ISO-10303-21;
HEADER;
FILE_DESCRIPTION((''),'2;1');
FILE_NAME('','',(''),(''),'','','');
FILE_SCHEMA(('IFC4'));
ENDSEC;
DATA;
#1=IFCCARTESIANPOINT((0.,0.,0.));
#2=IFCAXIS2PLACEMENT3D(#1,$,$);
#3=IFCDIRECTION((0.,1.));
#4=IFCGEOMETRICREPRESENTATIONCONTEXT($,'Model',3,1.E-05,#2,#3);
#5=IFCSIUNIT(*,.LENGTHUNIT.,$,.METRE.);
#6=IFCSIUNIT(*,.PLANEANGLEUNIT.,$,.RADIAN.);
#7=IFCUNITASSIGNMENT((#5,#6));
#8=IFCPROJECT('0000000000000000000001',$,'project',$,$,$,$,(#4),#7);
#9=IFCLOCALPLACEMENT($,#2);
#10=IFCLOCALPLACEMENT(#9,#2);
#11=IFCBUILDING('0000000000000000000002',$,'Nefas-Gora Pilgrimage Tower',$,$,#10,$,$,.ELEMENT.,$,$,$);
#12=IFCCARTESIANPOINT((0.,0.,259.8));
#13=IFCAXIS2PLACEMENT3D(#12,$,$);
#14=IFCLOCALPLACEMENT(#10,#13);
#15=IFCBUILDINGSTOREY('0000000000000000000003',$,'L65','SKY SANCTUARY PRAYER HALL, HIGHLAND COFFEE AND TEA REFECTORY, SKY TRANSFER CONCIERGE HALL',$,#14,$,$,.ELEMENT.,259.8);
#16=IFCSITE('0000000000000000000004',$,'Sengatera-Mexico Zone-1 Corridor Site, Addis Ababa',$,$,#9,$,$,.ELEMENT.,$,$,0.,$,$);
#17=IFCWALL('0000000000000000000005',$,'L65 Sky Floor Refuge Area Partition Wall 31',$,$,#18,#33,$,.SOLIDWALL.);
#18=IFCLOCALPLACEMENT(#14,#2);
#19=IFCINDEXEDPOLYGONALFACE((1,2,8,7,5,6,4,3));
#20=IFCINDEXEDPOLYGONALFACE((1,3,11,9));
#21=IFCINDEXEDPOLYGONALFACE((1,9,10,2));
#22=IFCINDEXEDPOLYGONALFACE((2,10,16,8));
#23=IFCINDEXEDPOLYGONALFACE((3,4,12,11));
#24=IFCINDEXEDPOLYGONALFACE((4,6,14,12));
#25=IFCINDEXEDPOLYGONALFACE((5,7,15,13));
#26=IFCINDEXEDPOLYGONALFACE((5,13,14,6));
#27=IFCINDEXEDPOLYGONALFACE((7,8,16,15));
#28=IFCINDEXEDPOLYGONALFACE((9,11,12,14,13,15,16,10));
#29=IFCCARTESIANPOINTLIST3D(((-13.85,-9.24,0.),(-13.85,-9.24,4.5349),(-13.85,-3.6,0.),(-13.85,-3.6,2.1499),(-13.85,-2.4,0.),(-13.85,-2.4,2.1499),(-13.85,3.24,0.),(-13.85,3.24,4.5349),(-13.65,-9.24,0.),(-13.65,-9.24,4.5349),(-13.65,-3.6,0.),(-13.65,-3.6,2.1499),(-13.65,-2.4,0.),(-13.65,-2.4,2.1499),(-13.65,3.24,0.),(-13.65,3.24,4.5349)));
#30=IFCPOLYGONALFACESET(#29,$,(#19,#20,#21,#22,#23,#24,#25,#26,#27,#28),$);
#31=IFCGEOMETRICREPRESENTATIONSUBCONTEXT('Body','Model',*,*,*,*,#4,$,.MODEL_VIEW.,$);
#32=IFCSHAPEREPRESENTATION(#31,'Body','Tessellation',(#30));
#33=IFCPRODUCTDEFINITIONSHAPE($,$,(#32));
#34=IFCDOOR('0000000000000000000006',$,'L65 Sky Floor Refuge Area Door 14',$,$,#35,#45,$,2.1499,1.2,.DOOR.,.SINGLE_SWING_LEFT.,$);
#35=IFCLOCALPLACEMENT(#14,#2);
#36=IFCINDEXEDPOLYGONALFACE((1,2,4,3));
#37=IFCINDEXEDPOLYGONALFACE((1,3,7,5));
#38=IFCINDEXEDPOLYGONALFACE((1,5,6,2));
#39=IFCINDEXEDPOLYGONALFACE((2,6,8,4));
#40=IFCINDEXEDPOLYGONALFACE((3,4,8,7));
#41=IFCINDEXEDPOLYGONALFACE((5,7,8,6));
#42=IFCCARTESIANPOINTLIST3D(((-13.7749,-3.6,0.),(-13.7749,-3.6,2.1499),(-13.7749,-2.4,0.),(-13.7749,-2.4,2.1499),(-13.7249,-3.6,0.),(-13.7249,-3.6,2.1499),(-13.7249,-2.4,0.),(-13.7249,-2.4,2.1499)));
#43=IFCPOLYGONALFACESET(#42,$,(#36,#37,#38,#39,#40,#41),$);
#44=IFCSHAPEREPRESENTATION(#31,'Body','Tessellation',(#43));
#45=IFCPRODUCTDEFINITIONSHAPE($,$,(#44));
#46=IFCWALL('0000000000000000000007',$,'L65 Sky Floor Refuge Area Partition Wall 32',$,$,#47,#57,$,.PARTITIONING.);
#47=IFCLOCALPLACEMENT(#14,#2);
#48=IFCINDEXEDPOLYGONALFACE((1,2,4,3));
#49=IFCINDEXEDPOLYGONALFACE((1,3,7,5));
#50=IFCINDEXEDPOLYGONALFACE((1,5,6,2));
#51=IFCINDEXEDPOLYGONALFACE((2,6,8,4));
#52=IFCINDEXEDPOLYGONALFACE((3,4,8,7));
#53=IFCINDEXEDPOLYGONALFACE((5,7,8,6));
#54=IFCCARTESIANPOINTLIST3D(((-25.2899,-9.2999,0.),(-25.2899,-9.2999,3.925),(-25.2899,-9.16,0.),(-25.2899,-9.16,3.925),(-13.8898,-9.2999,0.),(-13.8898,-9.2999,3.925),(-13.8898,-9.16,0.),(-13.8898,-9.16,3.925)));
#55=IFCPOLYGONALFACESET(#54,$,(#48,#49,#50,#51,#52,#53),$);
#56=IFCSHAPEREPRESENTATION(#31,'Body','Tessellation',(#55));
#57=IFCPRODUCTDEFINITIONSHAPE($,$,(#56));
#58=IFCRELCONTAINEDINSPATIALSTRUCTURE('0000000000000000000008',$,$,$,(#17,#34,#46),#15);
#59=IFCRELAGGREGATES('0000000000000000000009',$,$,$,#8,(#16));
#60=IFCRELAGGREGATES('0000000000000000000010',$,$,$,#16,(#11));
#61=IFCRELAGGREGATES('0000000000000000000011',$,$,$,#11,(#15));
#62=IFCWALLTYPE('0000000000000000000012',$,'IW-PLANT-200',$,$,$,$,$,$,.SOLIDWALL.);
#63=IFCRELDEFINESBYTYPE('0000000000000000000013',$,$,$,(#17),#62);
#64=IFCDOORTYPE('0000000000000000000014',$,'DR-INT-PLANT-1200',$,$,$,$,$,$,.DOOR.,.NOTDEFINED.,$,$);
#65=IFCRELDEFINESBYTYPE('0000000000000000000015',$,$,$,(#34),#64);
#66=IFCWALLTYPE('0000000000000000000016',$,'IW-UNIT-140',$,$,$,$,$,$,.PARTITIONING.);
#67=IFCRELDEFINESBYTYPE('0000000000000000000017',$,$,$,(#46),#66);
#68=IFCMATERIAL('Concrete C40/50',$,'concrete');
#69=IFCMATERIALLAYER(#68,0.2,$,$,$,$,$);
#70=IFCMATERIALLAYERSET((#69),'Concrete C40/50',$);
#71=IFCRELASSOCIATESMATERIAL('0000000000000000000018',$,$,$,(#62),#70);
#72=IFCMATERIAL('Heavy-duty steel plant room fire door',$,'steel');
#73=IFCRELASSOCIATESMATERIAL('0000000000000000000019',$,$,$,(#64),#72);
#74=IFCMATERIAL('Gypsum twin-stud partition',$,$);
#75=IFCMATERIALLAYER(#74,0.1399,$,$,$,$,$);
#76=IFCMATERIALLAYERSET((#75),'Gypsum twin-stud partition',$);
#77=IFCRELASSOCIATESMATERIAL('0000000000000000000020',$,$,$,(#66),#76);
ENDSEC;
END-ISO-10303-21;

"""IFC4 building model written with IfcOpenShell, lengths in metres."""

from ifc_helpers import new_model, si_unit, direction, frame, frame_2d, origin, place, context, subcontext, project, spatial, rectangle, extrude, source, transform, mapped, material, layer, layer_set, type_object, element, fill, save


model = new_model("IFC4")

# Units and contexts
model_context = context("Model", 3, precision=1e-05, world=origin(), true_north=direction((0.0, 1.0)))
body_context = subcontext(model_context, "Body", "Model", "MODEL_VIEW")
ifc_project = project(units=[si_unit("LENGTHUNIT", "METRE"), si_unit("PLANEANGLEUNIT", "RADIAN")], contexts=[model_context])

# Site, building, storey
site_placement = place(None, origin())
site = spatial("IfcSite", under=ifc_project, at=site_placement, Name="Sengatera-Mexico Zone-1 Corridor Site, Addis Ababa", CompositionType="ELEMENT", RefElevation=0.0)
building_placement = place(site_placement, origin())
building = spatial("IfcBuilding", under=site, at=building_placement, Name="Nefas-Gora Pilgrimage Tower", CompositionType="ELEMENT")
storey_placement = place(building_placement, frame((0.0, 0.0, 259.8)))
storey = spatial("IfcBuildingStorey", under=building, at=storey_placement, Name="L65", Description="SKY SANCTUARY PRAYER HALL, HIGHLAND COFFEE AND TEA REFECTORY, SKY TRANSFER CONCIERGE HALL", CompositionType="ELEMENT", Elevation=259.8)

# Wall, opening, door
shared_shape_1 = source(origin(), body_context, "Body", "SweptSolid", [
    extrude(rectangle(XDim=1.2, YDim=2.1499, at=frame_2d((0.6001, 1.075))), frame((0.0, 0.0249, 0.0), z_axis=(0.0, -1.0, 0.0), x_axis=(1.0, 0.0, 0.0)), (0.0, 0.0, 1.0), 0.05),
])
ifc_material_1 = material(Name="Concrete C40/50", Category="concrete")
ifc_layer_1 = layer(ifc_material_1, 0.2)
ifc_layer_set_1 = layer_set([ifc_layer_1], Name="Concrete C40/50")
wall_type_1 = type_object("IfcWallType", Name="IW-PLANT-200", PredefinedType="SOLIDWALL", material=ifc_layer_set_1)
shared_shape_2 = source(origin(), body_context, "Body", "SweptSolid", [
    extrude(rectangle(XDim=12.48, YDim=0.2, at=frame_2d((6.24, 0.0))), origin(), (0.0, 0.0, 1.0), 4.5349),
])
wall_1_placement = place(storey_placement, frame((-13.75, -9.24, 0.0), z_axis=(0.0, 0.0, 1.0), x_axis=(0.0, 1.0, 0.0)))
wall_1 = element("IfcWall", 1, at=wall_1_placement, inside=storey, type_object=wall_type_1, Name="L65 Sky Floor Refuge Area Partition Wall 31", PredefinedType="SOLIDWALL", context=body_context, shape_type="MappedRepresentation", body=[
    mapped(shared_shape_2, transform((0.0, 0.0, 0.0), x_axis=(1.0, 0.0, 0.0), y_axis=(0.0, 1.0, 0.0), z_axis=(0.0, 0.0, 1.0), scale=1.0)),
])
opening_1_placement = place(wall_1_placement, frame((5.6399, 0.0, 0.0)))
opening_1 = element("IfcOpeningElement", 2, at=opening_1_placement, cuts=wall_1, PredefinedType="OPENING", context=body_context, shape_type="SweptSolid", body=[
    extrude(rectangle(XDim=1.2, YDim=2.1499, at=frame_2d((0.6001, 1.075))), frame((0.0, 0.1099, 0.0), z_axis=(0.0, -1.0, 0.0), x_axis=(1.0, 0.0, 0.0)), (0.0, 0.0, 1.0), 0.22),
])
ifc_material_2 = material(Name="Heavy-duty steel plant room fire door", Category="steel")
door_type_1 = type_object("IfcDoorType", Name="DR-INT-PLANT-1200", OperationType="NOTDEFINED", PredefinedType="DOOR", material=ifc_material_2)
door_1_placement = place(opening_1_placement, origin())
door_1 = element("IfcDoor", 3, at=door_1_placement, inside=storey, type_object=door_type_1, Name="L65 Sky Floor Refuge Area Door 14", OperationType="SINGLE_SWING_LEFT", OverallHeight=2.1499, OverallWidth=1.2, PredefinedType="DOOR", context=body_context, shape_type="MappedRepresentation", body=[
    mapped(shared_shape_1, transform((0.0, 0.0, 0.0), x_axis=(1.0, 0.0, 0.0), y_axis=(0.0, 1.0, 0.0), z_axis=(0.0, 0.0, 1.0), scale=1.0)),
])
fill(opening_1, door_1)

# Wall
ifc_material_3 = material(Name="Gypsum twin-stud partition")
ifc_layer_2 = layer(ifc_material_3, 0.1399)
ifc_layer_set_2 = layer_set([ifc_layer_2], Name="Gypsum twin-stud partition")
wall_type_2 = type_object("IfcWallType", Name="IW-UNIT-140", PredefinedType="PARTITIONING", material=ifc_layer_set_2)
shared_shape_3 = source(origin(), body_context, "Body", "SweptSolid", [
    extrude(rectangle(XDim=11.4001, YDim=0.1399, at=frame_2d((5.7002, 0.0))), origin(), (0.0, 0.0, 1.0), 3.925),
])
wall_2_placement = place(storey_placement, frame((-25.29, -9.23, 0.0), z_axis=(0.0, 0.0, 1.0), x_axis=(1.0, 0.0, 0.0)))
element("IfcWall", 4, at=wall_2_placement, inside=storey, type_object=wall_type_2, Name="L65 Sky Floor Refuge Area Partition Wall 32", PredefinedType="PARTITIONING", context=body_context, shape_type="MappedRepresentation", body=[
    mapped(shared_shape_3, transform((0.0, 0.0, 0.0), x_axis=(1.0, 0.0, 0.0), y_axis=(0.0, 1.0, 0.0), z_axis=(0.0, 0.0, 1.0), scale=1.0)),
])

save(model, "model.ifc")
